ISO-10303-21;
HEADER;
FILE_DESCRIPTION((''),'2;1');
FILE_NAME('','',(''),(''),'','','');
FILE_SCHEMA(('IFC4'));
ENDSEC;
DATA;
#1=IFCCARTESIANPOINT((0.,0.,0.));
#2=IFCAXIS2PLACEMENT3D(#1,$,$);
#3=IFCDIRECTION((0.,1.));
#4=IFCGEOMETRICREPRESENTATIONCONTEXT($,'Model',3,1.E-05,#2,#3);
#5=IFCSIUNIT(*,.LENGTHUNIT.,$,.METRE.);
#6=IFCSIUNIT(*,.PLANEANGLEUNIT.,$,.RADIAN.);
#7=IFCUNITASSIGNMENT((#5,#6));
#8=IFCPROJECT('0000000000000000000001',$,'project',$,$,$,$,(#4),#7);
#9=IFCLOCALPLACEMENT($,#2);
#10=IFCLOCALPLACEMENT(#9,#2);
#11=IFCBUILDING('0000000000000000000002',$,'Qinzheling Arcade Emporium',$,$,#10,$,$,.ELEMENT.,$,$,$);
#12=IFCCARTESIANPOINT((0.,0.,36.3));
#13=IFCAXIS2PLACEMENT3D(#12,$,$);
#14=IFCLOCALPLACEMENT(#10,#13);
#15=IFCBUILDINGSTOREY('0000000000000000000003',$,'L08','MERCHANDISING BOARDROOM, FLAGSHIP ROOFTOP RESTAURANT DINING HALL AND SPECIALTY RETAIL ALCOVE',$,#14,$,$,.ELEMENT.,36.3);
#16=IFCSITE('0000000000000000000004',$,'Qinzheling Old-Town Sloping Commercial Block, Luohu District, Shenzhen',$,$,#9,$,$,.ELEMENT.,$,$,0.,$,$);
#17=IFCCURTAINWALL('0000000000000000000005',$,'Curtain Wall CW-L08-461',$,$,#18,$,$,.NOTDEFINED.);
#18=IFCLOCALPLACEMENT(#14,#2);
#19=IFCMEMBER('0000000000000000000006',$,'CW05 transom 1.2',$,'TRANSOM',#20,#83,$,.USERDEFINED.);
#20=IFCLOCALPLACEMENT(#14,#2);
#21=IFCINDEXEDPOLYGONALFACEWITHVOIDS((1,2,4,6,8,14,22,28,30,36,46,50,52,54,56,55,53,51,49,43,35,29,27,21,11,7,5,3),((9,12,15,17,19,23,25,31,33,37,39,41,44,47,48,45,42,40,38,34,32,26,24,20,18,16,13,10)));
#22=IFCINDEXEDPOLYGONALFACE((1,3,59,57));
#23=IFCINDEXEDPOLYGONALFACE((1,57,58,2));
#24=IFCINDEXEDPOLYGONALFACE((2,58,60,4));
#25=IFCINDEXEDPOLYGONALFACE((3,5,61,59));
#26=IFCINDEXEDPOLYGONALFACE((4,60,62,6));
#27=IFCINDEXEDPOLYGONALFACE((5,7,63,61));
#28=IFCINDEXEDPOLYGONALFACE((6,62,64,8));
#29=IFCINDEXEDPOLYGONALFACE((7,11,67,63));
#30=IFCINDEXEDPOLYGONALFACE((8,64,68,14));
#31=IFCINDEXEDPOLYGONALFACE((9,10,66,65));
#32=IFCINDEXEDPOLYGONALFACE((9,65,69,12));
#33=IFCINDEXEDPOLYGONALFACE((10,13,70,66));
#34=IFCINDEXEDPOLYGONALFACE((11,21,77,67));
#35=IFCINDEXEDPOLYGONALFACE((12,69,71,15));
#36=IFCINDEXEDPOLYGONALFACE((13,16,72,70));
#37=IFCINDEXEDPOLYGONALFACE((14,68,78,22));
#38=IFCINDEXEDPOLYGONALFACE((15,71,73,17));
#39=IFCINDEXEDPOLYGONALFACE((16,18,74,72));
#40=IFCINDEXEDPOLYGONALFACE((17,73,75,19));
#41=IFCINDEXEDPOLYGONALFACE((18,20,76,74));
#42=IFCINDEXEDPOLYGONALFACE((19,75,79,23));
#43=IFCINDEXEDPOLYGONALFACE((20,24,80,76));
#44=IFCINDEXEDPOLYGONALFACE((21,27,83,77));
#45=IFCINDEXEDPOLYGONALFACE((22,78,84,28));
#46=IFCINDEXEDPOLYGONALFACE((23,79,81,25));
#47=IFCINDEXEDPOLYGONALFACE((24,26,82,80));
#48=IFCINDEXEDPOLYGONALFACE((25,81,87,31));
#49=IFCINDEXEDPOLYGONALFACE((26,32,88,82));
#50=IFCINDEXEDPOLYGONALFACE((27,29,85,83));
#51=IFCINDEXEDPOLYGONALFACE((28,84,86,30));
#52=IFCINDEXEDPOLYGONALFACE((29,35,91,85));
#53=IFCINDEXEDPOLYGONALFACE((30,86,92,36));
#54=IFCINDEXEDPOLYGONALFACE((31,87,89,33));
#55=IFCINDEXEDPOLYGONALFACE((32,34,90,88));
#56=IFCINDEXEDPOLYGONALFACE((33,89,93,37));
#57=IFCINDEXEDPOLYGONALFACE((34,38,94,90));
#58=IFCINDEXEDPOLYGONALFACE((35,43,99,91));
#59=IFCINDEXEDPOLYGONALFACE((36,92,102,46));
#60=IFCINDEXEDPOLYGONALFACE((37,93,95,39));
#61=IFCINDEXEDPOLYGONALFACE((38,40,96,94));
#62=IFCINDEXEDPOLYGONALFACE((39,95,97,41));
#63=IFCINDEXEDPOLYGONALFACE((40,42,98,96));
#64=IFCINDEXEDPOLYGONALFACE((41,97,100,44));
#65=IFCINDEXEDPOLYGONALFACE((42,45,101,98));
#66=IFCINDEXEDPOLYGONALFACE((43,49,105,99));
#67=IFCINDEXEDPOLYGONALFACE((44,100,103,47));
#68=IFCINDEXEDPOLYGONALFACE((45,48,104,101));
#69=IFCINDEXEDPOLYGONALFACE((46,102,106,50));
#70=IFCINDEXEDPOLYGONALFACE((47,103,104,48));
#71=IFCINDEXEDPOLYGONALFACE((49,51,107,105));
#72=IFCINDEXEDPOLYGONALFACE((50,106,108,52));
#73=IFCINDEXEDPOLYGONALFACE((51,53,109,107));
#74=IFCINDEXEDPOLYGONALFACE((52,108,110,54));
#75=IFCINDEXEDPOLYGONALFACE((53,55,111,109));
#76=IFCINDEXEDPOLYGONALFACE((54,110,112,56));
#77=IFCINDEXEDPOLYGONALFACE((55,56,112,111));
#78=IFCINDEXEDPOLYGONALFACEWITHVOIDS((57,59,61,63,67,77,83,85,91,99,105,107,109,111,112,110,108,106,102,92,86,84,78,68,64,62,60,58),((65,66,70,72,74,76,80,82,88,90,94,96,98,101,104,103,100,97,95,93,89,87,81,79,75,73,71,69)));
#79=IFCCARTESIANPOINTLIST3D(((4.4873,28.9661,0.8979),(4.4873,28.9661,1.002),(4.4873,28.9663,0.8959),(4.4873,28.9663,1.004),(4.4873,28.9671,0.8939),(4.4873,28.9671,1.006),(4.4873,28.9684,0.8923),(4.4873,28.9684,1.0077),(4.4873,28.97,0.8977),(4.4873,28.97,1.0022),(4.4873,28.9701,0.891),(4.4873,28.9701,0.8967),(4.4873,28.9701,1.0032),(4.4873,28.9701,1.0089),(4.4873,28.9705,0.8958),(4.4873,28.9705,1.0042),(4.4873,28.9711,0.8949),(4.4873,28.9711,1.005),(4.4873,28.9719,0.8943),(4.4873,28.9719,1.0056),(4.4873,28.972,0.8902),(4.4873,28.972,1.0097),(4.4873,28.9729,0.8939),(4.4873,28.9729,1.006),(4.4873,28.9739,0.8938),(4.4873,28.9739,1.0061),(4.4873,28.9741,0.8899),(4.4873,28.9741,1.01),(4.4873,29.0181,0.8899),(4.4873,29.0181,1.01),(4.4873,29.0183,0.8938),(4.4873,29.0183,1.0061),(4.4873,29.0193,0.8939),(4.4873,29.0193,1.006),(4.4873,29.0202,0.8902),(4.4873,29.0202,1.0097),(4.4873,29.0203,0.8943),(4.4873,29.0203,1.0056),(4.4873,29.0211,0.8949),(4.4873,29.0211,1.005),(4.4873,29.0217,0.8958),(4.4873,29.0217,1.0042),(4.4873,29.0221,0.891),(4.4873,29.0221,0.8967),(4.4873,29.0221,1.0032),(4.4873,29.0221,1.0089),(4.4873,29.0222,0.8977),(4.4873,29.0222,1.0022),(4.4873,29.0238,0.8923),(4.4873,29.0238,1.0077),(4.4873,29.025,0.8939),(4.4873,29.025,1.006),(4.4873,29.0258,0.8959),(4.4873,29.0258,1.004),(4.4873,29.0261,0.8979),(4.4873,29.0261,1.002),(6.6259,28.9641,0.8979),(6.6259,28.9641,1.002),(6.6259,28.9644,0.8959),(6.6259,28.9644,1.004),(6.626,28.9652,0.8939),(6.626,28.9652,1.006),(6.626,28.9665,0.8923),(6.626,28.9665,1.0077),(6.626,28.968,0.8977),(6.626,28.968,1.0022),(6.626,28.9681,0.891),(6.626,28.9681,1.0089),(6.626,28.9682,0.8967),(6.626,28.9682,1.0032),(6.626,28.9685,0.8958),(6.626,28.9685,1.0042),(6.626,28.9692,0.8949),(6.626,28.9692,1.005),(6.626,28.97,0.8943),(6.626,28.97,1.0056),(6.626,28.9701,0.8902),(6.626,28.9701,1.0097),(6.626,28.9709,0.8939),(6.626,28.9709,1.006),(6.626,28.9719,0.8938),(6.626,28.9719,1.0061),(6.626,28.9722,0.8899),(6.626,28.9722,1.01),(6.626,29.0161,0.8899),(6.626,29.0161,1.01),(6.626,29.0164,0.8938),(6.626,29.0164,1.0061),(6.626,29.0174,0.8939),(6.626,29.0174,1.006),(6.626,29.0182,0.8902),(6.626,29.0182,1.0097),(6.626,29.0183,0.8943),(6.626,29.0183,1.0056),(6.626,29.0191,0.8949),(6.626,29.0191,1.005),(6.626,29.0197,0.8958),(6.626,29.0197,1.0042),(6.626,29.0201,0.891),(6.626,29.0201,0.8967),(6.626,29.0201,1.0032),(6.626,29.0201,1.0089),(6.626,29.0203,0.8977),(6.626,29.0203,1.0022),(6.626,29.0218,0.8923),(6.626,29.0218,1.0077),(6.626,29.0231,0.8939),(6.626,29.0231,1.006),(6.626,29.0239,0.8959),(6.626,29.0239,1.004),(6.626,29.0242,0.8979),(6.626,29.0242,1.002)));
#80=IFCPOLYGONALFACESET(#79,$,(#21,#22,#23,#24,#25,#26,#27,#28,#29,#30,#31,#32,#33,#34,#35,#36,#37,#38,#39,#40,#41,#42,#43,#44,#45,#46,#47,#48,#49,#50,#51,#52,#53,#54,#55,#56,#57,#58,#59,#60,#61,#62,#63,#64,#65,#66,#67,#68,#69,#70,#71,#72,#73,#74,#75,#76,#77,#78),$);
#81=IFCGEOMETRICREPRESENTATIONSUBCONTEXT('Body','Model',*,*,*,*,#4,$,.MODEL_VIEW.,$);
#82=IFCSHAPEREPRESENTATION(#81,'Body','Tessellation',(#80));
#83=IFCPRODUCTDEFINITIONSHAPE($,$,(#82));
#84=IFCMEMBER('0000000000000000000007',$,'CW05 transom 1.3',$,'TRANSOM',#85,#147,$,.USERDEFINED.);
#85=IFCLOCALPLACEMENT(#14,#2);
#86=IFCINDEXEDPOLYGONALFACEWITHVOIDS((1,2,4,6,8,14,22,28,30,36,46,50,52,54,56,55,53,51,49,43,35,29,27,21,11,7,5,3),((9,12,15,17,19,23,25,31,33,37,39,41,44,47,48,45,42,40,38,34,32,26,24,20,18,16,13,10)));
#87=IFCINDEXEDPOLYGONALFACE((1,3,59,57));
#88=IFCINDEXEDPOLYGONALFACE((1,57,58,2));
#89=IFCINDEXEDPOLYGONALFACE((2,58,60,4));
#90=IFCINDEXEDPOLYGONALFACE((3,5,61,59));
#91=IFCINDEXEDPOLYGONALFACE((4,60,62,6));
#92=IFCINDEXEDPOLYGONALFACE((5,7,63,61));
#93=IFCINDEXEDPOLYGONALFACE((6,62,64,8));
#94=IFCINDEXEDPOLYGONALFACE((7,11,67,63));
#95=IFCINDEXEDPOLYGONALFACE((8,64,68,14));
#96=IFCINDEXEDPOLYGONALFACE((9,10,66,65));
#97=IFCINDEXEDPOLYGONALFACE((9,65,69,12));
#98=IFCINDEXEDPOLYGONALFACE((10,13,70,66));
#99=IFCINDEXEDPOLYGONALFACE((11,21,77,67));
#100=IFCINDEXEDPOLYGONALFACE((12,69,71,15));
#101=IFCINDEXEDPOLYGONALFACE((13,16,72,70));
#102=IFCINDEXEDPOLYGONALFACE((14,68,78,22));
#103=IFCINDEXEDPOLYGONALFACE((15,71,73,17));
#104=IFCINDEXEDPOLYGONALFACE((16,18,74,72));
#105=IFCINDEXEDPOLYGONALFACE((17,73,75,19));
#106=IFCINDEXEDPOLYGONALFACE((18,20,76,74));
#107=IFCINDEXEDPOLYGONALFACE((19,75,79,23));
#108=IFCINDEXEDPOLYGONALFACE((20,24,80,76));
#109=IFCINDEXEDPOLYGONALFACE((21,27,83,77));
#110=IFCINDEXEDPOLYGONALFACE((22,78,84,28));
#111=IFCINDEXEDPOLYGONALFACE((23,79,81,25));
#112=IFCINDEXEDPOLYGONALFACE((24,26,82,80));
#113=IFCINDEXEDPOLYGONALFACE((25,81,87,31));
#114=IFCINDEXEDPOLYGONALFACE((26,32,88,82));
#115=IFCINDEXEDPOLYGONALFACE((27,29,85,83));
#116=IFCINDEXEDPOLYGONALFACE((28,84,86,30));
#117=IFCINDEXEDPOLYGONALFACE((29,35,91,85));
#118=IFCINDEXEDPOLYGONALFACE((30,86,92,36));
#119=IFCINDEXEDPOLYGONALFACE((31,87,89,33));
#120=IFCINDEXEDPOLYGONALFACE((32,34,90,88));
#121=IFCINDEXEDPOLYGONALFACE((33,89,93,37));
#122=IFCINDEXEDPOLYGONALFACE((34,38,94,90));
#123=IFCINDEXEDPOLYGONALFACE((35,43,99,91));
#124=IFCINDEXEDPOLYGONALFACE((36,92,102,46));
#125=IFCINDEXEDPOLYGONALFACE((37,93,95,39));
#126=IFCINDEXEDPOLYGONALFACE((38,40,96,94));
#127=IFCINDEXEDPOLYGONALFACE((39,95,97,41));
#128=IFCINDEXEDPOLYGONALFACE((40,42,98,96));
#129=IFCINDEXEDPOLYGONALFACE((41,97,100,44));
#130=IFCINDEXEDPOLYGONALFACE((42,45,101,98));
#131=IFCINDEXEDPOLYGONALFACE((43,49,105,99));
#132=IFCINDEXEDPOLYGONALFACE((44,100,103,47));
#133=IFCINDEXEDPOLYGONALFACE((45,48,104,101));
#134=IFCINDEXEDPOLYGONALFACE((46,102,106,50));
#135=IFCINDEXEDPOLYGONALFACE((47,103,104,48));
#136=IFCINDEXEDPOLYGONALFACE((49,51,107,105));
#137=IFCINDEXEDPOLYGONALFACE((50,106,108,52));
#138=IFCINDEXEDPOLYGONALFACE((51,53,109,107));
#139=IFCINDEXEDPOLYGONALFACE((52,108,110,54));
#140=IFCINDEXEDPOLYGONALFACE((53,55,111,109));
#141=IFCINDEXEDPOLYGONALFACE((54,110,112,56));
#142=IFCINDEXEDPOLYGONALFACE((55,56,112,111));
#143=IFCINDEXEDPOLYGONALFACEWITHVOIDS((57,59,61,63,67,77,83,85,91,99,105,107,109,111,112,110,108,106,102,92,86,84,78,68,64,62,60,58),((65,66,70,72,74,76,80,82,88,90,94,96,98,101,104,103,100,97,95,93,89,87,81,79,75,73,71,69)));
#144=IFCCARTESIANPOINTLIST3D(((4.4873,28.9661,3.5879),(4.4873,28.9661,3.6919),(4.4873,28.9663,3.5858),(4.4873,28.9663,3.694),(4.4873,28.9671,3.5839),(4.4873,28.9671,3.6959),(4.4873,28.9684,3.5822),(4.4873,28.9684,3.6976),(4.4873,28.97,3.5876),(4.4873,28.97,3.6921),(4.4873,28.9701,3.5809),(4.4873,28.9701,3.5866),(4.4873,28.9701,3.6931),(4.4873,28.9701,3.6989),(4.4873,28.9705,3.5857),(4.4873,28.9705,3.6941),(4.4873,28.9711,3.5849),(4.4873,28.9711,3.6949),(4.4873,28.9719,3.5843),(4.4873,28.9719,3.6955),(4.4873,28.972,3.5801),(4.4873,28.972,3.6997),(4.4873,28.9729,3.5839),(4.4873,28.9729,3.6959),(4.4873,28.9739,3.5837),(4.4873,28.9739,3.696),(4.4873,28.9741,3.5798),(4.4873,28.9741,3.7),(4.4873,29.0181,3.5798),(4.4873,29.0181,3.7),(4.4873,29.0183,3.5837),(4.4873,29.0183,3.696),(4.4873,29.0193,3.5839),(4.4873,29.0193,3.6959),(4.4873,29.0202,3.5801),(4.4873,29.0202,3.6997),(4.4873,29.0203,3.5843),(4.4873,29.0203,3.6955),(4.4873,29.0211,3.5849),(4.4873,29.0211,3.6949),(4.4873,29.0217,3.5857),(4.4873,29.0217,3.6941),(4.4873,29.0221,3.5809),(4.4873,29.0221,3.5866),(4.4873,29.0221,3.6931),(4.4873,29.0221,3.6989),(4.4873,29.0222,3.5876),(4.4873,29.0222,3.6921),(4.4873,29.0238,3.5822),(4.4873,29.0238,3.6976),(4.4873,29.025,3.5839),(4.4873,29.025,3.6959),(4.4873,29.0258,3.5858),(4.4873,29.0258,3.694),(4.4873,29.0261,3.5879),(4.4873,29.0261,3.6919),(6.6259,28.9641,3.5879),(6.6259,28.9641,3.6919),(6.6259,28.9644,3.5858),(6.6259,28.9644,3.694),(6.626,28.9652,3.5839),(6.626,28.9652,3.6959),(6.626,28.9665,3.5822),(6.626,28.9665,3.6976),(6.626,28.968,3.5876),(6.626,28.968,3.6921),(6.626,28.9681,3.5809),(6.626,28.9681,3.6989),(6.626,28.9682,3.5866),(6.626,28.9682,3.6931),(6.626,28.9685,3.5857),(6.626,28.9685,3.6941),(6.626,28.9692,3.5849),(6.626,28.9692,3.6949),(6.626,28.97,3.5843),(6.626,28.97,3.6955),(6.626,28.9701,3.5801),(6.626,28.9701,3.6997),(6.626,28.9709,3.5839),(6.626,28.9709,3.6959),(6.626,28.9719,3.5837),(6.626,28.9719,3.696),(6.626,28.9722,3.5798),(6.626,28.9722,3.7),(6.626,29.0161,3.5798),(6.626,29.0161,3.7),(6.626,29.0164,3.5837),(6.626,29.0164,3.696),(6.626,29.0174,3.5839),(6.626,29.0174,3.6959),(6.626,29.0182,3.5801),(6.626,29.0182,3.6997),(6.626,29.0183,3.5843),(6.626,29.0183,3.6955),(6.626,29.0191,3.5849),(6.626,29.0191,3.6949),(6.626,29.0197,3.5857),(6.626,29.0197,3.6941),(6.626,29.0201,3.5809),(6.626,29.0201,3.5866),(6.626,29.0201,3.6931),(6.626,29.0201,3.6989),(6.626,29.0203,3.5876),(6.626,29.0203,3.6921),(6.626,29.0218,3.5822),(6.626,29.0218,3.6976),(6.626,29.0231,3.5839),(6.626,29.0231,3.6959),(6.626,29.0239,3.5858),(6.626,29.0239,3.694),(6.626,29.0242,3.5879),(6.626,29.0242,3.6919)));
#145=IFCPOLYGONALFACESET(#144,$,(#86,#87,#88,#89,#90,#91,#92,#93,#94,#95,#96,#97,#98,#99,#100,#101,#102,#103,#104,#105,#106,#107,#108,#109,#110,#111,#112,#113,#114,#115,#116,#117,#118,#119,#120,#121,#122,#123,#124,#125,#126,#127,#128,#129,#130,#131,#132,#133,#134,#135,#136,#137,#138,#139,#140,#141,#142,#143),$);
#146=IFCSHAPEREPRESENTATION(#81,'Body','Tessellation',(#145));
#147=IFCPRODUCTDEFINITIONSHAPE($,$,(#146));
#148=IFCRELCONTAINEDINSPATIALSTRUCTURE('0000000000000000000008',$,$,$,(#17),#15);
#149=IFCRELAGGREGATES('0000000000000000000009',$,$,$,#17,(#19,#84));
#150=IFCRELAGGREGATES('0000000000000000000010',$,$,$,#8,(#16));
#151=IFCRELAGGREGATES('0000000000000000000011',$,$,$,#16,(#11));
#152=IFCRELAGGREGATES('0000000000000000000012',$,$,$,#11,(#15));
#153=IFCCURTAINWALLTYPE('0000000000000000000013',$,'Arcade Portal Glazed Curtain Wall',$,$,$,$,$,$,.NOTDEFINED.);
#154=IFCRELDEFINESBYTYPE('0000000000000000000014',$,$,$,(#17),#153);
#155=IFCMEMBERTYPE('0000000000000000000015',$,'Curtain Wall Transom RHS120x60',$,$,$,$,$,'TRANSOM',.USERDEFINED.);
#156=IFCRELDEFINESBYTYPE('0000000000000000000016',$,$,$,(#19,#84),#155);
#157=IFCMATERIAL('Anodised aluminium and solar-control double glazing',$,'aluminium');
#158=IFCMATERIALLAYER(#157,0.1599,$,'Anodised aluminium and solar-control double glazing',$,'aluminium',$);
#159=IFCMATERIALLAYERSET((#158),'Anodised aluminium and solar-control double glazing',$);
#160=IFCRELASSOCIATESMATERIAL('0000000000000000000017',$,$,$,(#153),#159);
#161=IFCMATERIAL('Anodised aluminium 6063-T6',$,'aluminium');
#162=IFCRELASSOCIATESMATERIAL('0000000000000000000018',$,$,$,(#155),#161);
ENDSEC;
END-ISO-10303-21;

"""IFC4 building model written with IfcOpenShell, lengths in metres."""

from ifc_helpers import new_model, si_unit, direction, frame, origin, origin_2d, place, context, subcontext, project, spatial, hollow_rectangle, extrude, material, layer, layer_set, material_profile, profile_set, type_object, element, aggregate, save


model = new_model("IFC4")

# Units and contexts
model_context = context("Model", 3, precision=1e-05, world=origin(), true_north=direction((0.0, 1.0)))
body_context = subcontext(model_context, "Body", "Model", "MODEL_VIEW")
ifc_project = project(units=[si_unit("LENGTHUNIT", "METRE"), si_unit("PLANEANGLEUNIT", "RADIAN")], contexts=[model_context])

# Site, building, storey
site_placement = place(None, origin())
site = spatial("IfcSite", under=ifc_project, at=site_placement, Name="Qinzheling Old-Town Sloping Commercial Block, Luohu District, Shenzhen", CompositionType="ELEMENT", RefElevation=0.0)
building_placement = place(site_placement, origin())
building = spatial("IfcBuilding", under=site, at=building_placement, Name="Qinzheling Arcade Emporium", CompositionType="ELEMENT")
storey_placement = place(building_placement, frame((0.0, 0.0, 36.3)))
storey = spatial("IfcBuildingStorey", under=building, at=storey_placement, Name="L08", Description="MERCHANDISING BOARDROOM, FLAGSHIP ROOFTOP RESTAURANT DINING HALL AND SPECIALTY RETAIL ALCOVE", CompositionType="ELEMENT", Elevation=36.3)

# Curtain wall, members
ifc_material_1 = material(Name="Anodised aluminium and solar-control double glazing", Category="aluminium")
ifc_layer_1 = layer(ifc_material_1, 0.1599, Name="Anodised aluminium and solar-control double glazing", Category="aluminium")
ifc_layer_set_1 = layer_set([ifc_layer_1], Name="Anodised aluminium and solar-control double glazing")
curtain_wall_type = type_object("IfcCurtainWallType", Name="Arcade Portal Glazed Curtain Wall", PredefinedType="NOTDEFINED", material=ifc_layer_set_1)
ifc_material_2 = material(Name="Anodised aluminium 6063-T6", Category="aluminium")
curtain_wall_1_placement = place(storey_placement, origin())
curtain_wall_1 = element("IfcCurtainWall", 1, at=curtain_wall_1_placement, inside=storey, type_object=curtain_wall_type, Name="Curtain Wall CW-L08-461", PredefinedType="NOTDEFINED")
ifc_material_profile_1 = material_profile(ifc_material_2, hollow_rectangle(XDim=0.0601, YDim=0.1201, WallThickness=0.0039, InnerFilletRadius=0.0039, OuterFilletRadius=0.0081, at=origin_2d()), Name="RHS 120x60x4", Category="aluminium")
ifc_profile_set_1 = profile_set([ifc_material_profile_1], Name="Anodised aluminium 6063-T6")
member_type_1 = type_object("IfcMemberType", Name="Curtain Wall Transom RHS120x60", ElementType="TRANSOM", PredefinedType="USERDEFINED", material=ifc_profile_set_1)
member_1_placement = place(storey_placement, frame((6.626, 28.9941, 0.95), z_axis=(-1.0, 0.000913, 0.0), x_axis=(-0.000913, -1.0, 0.0)))
member_1 = element("IfcMember", 2, at=member_1_placement, type_object=member_type_1, Name="CW05 transom 1.2", ObjectType="TRANSOM", PredefinedType="USERDEFINED", context=body_context, shape_type="SweptSolid", body=[
    extrude(hollow_rectangle(XDim=0.0601, YDim=0.1201, WallThickness=0.0039, InnerFilletRadius=0.0039, OuterFilletRadius=0.0081, at=origin_2d()), origin(), (0.0, 0.0, 1.0), 2.1387),
])
member_2_placement = place(storey_placement, frame((6.626, 28.9941, 3.6399), z_axis=(-1.0, 0.000913, 0.0), x_axis=(-0.000913, -1.0, 0.0)))
member_2 = element("IfcMember", 3, at=member_2_placement, type_object=member_type_1, Name="CW05 transom 1.3", ObjectType="TRANSOM", PredefinedType="USERDEFINED", context=body_context, shape_type="SweptSolid", body=[
    extrude(hollow_rectangle(XDim=0.0601, YDim=0.1201, WallThickness=0.0039, InnerFilletRadius=0.0039, OuterFilletRadius=0.0081, at=origin_2d()), origin(), (0.0, 0.0, 1.0), 2.1387),
])

aggregate(curtain_wall_1, [member_1, member_2])

save(model, "model.ifc")
